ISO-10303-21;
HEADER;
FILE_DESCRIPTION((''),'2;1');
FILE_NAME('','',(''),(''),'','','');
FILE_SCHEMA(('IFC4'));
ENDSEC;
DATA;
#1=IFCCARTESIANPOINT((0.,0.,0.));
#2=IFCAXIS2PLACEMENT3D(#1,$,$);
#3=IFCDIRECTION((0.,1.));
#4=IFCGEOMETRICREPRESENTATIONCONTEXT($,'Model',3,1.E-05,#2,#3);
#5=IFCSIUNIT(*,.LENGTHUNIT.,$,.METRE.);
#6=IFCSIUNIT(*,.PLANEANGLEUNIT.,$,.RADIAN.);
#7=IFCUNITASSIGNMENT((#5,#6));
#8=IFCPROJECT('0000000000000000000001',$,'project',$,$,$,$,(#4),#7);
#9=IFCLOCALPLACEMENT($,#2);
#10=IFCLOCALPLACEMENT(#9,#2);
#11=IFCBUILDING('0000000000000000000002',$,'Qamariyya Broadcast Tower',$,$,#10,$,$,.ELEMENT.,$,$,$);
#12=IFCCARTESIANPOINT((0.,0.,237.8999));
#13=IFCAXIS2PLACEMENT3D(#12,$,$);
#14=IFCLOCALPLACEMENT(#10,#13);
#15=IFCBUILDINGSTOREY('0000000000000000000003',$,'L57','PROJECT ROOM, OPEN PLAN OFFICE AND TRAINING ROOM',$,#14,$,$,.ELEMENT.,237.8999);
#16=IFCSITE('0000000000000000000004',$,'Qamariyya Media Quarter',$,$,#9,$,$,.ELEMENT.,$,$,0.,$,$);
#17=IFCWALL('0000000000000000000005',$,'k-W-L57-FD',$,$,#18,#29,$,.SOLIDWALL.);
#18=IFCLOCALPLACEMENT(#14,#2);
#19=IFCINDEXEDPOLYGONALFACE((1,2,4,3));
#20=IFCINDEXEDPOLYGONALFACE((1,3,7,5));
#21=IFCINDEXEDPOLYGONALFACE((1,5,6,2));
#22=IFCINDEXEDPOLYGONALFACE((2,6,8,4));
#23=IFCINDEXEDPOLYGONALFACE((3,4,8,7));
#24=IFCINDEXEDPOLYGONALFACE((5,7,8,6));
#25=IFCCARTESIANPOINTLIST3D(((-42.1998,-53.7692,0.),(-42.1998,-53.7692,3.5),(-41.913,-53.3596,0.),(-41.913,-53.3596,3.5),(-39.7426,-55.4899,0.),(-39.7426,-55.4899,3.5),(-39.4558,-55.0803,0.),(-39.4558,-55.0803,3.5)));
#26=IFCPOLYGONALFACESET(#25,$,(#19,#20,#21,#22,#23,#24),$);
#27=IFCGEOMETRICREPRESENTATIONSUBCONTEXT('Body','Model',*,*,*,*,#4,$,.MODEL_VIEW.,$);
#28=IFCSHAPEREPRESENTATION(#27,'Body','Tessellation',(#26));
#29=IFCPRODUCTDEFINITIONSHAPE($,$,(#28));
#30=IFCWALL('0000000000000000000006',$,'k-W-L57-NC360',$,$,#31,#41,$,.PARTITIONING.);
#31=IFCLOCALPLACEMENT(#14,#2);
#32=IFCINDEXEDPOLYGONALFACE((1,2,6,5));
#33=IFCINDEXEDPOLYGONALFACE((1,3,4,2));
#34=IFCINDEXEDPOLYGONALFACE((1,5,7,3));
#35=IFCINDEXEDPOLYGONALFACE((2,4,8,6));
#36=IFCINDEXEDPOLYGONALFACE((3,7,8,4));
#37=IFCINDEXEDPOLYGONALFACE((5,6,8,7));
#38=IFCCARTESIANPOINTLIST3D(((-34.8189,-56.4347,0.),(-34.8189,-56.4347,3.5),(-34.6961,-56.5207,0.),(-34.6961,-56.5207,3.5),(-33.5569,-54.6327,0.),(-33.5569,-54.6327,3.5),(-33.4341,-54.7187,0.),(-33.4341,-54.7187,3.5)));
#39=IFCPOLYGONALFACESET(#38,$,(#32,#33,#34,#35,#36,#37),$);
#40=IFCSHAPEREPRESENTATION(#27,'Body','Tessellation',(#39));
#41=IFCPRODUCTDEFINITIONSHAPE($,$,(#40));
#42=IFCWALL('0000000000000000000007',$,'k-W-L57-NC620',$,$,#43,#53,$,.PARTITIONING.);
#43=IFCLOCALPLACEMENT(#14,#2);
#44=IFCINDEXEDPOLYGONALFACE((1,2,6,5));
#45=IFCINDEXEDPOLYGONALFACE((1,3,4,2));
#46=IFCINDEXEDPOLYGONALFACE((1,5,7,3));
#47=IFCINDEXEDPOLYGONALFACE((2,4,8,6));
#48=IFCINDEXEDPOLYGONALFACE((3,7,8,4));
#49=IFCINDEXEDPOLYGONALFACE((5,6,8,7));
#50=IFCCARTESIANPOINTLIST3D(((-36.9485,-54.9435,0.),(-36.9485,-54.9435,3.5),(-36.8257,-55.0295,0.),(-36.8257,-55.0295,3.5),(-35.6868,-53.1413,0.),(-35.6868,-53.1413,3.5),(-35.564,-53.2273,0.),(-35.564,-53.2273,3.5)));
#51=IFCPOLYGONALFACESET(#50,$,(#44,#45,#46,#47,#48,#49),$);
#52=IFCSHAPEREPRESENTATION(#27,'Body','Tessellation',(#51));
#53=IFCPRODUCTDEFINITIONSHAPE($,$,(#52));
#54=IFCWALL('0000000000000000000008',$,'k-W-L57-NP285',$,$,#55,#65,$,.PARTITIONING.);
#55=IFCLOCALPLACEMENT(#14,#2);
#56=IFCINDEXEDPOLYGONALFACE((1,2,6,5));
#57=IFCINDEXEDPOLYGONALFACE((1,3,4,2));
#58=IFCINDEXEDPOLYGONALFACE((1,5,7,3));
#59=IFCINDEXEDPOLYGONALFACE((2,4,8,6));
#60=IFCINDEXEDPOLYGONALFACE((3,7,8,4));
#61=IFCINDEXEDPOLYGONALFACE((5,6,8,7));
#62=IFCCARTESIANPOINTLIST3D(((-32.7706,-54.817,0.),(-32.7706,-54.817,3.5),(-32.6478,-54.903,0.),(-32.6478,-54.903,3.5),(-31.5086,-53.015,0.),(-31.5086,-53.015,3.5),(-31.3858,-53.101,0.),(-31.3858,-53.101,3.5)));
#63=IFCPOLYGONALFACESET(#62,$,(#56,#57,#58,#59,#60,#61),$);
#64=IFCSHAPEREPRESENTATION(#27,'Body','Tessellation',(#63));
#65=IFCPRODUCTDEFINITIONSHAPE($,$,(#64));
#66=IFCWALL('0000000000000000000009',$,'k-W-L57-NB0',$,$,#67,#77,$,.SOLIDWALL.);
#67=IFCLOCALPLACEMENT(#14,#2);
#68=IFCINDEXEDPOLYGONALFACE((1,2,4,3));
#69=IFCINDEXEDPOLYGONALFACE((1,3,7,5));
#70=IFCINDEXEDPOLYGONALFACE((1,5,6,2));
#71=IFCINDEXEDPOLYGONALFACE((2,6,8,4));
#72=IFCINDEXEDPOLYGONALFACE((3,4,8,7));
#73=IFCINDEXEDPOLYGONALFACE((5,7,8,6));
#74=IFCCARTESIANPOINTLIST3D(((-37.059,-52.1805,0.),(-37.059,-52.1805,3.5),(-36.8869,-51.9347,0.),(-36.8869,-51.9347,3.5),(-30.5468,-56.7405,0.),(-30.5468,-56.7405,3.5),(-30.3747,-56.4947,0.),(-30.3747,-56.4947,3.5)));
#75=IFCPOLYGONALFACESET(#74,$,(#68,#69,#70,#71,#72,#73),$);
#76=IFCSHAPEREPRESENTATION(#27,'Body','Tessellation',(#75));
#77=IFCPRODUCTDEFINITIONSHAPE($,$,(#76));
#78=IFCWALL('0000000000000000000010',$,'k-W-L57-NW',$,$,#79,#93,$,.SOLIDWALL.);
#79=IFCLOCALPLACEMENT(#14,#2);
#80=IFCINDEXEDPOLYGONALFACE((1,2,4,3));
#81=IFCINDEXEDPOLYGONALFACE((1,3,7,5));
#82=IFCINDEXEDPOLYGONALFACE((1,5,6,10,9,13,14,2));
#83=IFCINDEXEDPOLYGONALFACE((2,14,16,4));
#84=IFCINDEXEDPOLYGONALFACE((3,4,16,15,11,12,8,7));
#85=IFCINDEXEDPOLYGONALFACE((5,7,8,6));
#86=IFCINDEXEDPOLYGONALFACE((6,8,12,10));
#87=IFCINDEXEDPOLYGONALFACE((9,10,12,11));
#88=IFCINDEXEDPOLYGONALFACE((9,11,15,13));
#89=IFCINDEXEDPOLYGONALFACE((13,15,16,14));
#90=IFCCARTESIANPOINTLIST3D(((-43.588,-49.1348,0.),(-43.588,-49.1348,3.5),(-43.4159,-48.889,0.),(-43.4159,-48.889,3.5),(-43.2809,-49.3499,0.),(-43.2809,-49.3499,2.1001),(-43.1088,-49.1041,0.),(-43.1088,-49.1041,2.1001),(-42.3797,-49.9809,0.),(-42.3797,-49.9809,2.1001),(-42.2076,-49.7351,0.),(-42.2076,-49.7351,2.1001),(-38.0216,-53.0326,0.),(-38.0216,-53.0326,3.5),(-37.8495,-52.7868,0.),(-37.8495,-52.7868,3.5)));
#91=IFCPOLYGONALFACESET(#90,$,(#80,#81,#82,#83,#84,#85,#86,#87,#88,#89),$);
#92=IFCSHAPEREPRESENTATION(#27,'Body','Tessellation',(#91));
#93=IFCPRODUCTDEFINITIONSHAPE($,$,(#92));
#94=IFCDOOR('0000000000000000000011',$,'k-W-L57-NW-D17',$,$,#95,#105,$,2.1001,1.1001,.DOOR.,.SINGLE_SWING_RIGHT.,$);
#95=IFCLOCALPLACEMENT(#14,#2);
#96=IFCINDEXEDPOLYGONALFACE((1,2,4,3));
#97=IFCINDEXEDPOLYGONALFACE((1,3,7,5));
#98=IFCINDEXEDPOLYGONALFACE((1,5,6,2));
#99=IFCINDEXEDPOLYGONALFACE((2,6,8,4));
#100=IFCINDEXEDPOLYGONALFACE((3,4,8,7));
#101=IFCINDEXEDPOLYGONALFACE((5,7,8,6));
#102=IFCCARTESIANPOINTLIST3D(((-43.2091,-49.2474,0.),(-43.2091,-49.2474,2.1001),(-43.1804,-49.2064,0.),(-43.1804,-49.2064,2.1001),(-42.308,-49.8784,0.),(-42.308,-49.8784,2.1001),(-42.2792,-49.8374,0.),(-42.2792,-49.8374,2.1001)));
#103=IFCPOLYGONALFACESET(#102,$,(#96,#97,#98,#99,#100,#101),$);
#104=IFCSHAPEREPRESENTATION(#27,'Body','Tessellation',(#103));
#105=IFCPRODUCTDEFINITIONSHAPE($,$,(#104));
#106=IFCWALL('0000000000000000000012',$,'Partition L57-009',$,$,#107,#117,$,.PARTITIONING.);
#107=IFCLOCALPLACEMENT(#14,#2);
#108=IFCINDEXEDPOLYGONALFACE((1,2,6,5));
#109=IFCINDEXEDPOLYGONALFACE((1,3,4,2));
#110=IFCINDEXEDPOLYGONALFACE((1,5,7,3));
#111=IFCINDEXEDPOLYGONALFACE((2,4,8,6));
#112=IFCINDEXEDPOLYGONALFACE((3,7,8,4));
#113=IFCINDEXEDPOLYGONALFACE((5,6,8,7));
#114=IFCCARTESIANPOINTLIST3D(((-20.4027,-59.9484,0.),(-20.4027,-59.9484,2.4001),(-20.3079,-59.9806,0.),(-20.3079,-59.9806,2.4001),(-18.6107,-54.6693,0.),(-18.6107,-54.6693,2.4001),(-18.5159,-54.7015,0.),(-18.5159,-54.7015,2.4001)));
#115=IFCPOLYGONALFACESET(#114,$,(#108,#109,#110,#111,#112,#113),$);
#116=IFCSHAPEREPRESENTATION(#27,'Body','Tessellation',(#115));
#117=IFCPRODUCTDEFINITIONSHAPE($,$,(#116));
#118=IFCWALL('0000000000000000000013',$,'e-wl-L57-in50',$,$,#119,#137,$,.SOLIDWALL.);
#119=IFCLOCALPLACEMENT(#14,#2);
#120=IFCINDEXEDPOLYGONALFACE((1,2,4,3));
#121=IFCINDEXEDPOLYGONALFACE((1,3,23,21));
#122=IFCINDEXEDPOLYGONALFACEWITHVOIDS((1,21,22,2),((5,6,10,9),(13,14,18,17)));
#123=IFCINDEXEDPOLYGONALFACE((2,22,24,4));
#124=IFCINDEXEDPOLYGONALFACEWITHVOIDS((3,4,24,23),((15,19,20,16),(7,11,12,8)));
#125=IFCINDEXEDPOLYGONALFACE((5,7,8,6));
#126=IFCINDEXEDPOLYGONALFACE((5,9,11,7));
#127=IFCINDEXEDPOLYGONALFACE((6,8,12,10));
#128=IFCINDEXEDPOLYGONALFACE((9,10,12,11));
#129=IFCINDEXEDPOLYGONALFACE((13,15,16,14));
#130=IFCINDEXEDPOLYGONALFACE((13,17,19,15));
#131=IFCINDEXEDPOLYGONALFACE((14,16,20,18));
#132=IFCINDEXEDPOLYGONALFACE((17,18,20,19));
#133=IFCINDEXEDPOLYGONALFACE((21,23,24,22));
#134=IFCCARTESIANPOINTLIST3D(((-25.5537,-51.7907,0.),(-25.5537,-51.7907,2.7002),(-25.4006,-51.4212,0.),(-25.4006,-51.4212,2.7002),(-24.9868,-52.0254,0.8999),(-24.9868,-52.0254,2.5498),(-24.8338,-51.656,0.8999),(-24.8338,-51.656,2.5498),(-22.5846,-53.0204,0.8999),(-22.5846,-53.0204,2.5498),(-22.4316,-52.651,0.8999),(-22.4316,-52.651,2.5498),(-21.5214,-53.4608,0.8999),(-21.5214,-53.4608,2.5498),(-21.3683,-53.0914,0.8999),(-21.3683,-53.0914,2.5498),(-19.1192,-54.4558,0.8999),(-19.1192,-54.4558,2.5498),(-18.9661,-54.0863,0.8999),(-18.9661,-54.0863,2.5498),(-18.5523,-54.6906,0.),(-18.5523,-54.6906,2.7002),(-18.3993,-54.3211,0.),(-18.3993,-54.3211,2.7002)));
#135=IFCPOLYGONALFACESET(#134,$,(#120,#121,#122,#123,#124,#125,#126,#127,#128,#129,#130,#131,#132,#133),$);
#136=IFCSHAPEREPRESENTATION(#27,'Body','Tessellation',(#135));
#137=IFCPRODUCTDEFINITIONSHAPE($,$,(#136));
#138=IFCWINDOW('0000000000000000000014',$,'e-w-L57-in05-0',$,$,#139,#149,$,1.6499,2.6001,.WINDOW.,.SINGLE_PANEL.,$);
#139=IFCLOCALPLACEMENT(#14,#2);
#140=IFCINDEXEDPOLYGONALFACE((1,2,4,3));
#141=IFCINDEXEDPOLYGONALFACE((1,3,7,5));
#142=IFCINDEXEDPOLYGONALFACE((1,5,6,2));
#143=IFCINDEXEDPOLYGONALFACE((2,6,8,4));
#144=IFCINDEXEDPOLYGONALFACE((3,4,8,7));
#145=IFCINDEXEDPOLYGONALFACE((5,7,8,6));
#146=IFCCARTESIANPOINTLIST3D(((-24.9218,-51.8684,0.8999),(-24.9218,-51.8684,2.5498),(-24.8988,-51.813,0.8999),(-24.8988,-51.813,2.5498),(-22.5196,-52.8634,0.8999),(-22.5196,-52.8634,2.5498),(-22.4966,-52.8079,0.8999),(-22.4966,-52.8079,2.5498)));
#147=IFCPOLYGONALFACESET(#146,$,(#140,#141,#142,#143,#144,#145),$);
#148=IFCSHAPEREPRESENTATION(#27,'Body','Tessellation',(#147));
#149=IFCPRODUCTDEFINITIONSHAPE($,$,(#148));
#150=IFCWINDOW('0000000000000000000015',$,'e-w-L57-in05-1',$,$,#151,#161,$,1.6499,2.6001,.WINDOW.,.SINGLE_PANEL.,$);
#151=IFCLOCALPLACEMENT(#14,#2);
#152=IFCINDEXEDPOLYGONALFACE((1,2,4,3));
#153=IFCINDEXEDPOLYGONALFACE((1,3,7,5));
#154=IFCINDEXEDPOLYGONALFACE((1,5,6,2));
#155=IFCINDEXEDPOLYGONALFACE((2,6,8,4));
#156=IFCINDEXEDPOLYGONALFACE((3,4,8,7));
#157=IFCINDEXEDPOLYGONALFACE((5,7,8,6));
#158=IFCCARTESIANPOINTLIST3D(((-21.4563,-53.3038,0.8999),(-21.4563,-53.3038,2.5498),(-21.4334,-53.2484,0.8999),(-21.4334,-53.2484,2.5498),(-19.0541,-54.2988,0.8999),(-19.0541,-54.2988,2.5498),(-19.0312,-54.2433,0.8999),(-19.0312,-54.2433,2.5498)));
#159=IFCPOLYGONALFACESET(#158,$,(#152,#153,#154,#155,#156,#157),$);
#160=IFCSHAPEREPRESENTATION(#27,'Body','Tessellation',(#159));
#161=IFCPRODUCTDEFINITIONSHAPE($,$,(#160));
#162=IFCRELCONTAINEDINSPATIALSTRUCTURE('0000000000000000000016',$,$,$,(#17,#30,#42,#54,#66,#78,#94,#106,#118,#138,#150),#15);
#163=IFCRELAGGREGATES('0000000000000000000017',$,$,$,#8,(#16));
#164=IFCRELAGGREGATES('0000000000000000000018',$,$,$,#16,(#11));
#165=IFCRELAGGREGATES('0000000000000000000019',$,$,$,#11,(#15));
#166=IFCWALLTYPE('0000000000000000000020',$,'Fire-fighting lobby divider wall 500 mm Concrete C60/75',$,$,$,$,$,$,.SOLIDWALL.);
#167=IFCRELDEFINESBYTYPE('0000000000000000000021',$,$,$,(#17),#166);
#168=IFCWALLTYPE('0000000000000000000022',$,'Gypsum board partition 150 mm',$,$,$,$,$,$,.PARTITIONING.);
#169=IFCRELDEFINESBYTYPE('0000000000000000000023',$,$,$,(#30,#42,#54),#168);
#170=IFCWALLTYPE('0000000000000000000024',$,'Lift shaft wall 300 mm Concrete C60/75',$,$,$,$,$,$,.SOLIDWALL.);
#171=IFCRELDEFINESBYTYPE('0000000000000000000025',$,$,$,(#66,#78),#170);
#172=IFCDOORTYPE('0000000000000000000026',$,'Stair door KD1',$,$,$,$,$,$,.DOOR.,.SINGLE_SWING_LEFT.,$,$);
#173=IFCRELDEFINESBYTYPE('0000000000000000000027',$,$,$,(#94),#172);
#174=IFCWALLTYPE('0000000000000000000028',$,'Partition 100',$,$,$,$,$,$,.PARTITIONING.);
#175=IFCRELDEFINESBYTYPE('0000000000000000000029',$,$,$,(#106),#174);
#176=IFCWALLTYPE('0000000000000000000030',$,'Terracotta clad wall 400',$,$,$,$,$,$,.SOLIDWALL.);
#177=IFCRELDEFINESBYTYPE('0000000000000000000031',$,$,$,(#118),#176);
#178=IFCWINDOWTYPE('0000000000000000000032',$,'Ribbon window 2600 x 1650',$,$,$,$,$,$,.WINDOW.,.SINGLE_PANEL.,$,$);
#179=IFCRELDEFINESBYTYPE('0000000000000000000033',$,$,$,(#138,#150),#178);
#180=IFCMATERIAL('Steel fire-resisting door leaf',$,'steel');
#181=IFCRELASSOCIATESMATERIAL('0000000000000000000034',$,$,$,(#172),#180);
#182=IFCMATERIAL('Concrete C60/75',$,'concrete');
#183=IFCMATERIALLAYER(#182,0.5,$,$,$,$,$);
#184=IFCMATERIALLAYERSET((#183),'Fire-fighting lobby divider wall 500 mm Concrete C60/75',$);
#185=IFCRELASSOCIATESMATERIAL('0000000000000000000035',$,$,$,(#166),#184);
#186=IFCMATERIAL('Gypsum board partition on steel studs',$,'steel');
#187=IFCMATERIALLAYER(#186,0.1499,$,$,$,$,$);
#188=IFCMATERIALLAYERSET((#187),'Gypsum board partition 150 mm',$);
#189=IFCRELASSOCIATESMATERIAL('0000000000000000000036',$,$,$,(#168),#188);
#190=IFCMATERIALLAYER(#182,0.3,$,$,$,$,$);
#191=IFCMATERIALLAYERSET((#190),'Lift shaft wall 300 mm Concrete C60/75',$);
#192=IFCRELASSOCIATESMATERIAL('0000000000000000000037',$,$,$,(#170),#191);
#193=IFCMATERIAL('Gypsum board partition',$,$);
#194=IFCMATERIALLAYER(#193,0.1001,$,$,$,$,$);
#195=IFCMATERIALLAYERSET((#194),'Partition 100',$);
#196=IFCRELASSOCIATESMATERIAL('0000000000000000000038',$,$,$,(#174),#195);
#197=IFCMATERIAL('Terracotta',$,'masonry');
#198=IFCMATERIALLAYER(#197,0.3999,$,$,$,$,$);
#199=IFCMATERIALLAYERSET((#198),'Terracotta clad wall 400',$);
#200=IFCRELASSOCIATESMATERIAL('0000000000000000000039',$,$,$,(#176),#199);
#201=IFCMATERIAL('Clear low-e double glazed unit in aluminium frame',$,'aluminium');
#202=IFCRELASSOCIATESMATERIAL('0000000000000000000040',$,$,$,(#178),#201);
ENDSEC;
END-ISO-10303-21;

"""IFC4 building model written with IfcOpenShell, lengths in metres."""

from ifc_helpers import new_model, si_unit, direction, frame, frame_2d, origin, place, context, subcontext, project, spatial, rectangle, extrude, material, layer, layer_set, type_object, element, fill, save


model = new_model("IFC4")

# Units and contexts
model_context = context("Model", 3, precision=1e-05, world=origin(), true_north=direction((0.0, 1.0)))
body_context = subcontext(model_context, "Body", "Model", "MODEL_VIEW")
ifc_project = project(units=[si_unit("LENGTHUNIT", "METRE"), si_unit("PLANEANGLEUNIT", "RADIAN")], contexts=[model_context])

# Site, building, storey
site_placement = place(None, origin())
site = spatial("IfcSite", under=ifc_project, at=site_placement, Name="Qamariyya Media Quarter", CompositionType="ELEMENT", RefElevation=0.0)
building_placement = place(site_placement, origin())
building = spatial("IfcBuilding", under=site, at=building_placement, Name="Qamariyya Broadcast Tower", CompositionType="ELEMENT")
storey_placement = place(building_placement, frame((0.0, 0.0, 237.8999)))
storey = spatial("IfcBuildingStorey", under=building, at=storey_placement, Name="L57", Description="PROJECT ROOM, OPEN PLAN OFFICE AND TRAINING ROOM", CompositionType="ELEMENT", Elevation=237.8999)

# Shared definitions
ifc_material_1 = material(Name="Concrete C60/75", Category="concrete")

# Shared definitions
ifc_material_2 = material(Name="Steel fire-resisting door leaf", Category="steel")
door_type_1 = type_object("IfcDoorType", Name="Stair door KD1", OperationType="SINGLE_SWING_LEFT", PredefinedType="DOOR", material=ifc_material_2)

# Shared definitions
ifc_material_3 = material(Name="Gypsum board partition")

# Walls
ifc_layer_1 = layer(ifc_material_1, 0.5)
ifc_layer_set_1 = layer_set([ifc_layer_1], Name="Fire-fighting lobby divider wall 500 mm Concrete C60/75")
wall_type_1 = type_object("IfcWallType", Name="Fire-fighting lobby divider wall 500 mm Concrete C60/75", PredefinedType="SOLIDWALL", material=ifc_layer_set_1)
wall_1_placement = place(storey_placement, frame((-39.5991, -55.2852, 0.0), z_axis=(0.0, 0.0, 1.0), x_axis=(-0.819136, 0.573599, 0.0)))
element("IfcWall", 1, at=wall_1_placement, inside=storey, type_object=wall_type_1, Name="k-W-L57-FD", PredefinedType="SOLIDWALL", context=body_context, shape_type="SweptSolid", body=[
    extrude(rectangle(XDim=2.9998, YDim=0.5, at=frame_2d((1.5, 0.0))), origin(), (0.0, 0.0, 1.0), 3.5),
])
ifc_material_4 = material(Name="Gypsum board partition on steel studs", Category="steel")
ifc_layer_2 = layer(ifc_material_4, 0.1499)
ifc_layer_set_2 = layer_set([ifc_layer_2], Name="Gypsum board partition 150 mm")
wall_type_2 = type_object("IfcWallType", Name="Gypsum board partition 150 mm", PredefinedType="PARTITIONING", material=ifc_layer_set_2)
for number, where, z_axis, x_axis, name in (
    (2, (-34.7576, -56.4778, 0.0), (0.0, 0.0, 1.0), (0.573634, 0.819112, 0.0), "k-W-L57-NC360"),
    (3, (-36.8872, -54.9866, 0.0), (0.0, 0.0, 1.0), (0.573507, 0.819201, 0.0), "k-W-L57-NC620"),
    (4, (-32.7092, -54.8601, 0.0), (0.0, 0.0, 1.0), (0.573634, 0.819112, 0.0), "k-W-L57-NP285"),
):
    element("IfcWall", number, at=place(storey_placement, frame(where, z_axis=z_axis, x_axis=x_axis)), inside=storey, type_object=wall_type_2, Name=name, PredefinedType="PARTITIONING", context=body_context, shape_type="SweptSolid", body=[
        extrude(rectangle(XDim=2.2, YDim=0.1499, at=frame_2d((1.1001, 0.0))), origin(), (0.0, 0.0, 1.0), 3.5),
    ])
ifc_layer_3 = layer(ifc_material_1, 0.3)
ifc_layer_set_3 = layer_set([ifc_layer_3], Name="Lift shaft wall 300 mm Concrete C60/75")
wall_type_3 = type_object("IfcWallType", Name="Lift shaft wall 300 mm Concrete C60/75", PredefinedType="SOLIDWALL", material=ifc_layer_set_3)
wall_2_placement = place(storey_placement, frame((-30.4607, -56.6177, 0.0), z_axis=(0.0, 0.0, 1.0), x_axis=(-0.819142, 0.57359, 0.0)))
element("IfcWall", 5, at=wall_2_placement, inside=storey, type_object=wall_type_3, Name="k-W-L57-NB0", PredefinedType="SOLIDWALL", context=body_context, shape_type="SweptSolid", body=[
    extrude(rectangle(XDim=7.95, YDim=0.3, at=frame_2d((3.9751, 0.0))), origin(), (0.0, 0.0, 1.0), 3.5),
])

# Wall, opening, door
wall_3_placement = place(storey_placement, frame((-37.9355, -52.9097, 0.0), z_axis=(0.0, 0.0, 1.0), x_axis=(-0.819148, 0.573583, 0.0)))
wall_3 = element("IfcWall", 6, at=wall_3_placement, inside=storey, type_object=wall_type_3, Name="k-W-L57-NW", PredefinedType="SOLIDWALL", context=body_context, shape_type="SweptSolid", body=[
    extrude(rectangle(XDim=6.7954, YDim=0.3, at=frame_2d((3.3977, 0.0))), origin(), (0.0, 0.0, 1.0), 3.5),
])
opening_1_placement = place(wall_3_placement, frame((5.3203, 0.0, 0.0)))
opening_1 = element("IfcOpeningElement", 7, at=opening_1_placement, cuts=wall_3, PredefinedType="OPENING", context=body_context, shape_type="SweptSolid", body=[
    extrude(rectangle(XDim=1.1001, YDim=2.1001, at=frame_2d((0.55, 1.05))), frame((0.0, 0.1599, 0.0), z_axis=(0.0, -1.0, 0.0), x_axis=(1.0, 0.0, 0.0)), (0.0, 0.0, 1.0), 0.3201),
])
door_1_placement = place(opening_1_placement, origin())
door_1 = element("IfcDoor", 8, at=door_1_placement, inside=storey, type_object=door_type_1, Name="k-W-L57-NW-D17", OperationType="SINGLE_SWING_RIGHT", OverallHeight=2.1001, OverallWidth=1.1001, PredefinedType="DOOR", context=body_context, shape_type="SweptSolid", body=[
    extrude(rectangle(XDim=1.1001, YDim=2.1001, at=frame_2d((0.55, 1.05))), frame((0.0, 0.0249, 0.0), z_axis=(0.0, -1.0, 0.0), x_axis=(1.0, 0.0, 0.0)), (0.0, 0.0, 1.0), 0.05),
])
fill(opening_1, door_1)

# Wall
ifc_layer_4 = layer(ifc_material_3, 0.1001)
ifc_layer_set_4 = layer_set([ifc_layer_4], Name="Partition 100")
wall_type_4 = type_object("IfcWallType", Name="Partition 100", PredefinedType="PARTITIONING", material=ifc_layer_set_4)
wall_4_placement = place(storey_placement, frame((-18.5632, -54.6853, 0.0), z_axis=(0.0, 0.0, 1.0), x_axis=(-0.321439, -0.94693, 0.0)))
element("IfcWall", 9, at=wall_4_placement, inside=storey, type_object=wall_type_4, Name="Partition L57-009", PredefinedType="PARTITIONING", context=body_context, shape_type="SweptSolid", body=[
    extrude(rectangle(XDim=5.575, YDim=0.1001, at=frame_2d((2.7876, 0.0))), origin(), (0.0, 0.0, 1.0), 2.4001),
])

# Wall, openings, windows
ifc_material_5 = material(Name="Terracotta", Category="masonry")
ifc_layer_5 = layer(ifc_material_5, 0.3999)
ifc_layer_set_5 = layer_set([ifc_layer_5], Name="Terracotta clad wall 400")
wall_type_5 = type_object("IfcWallType", Name="Terracotta clad wall 400", PredefinedType="SOLIDWALL", material=ifc_layer_set_5)
wall_5_placement = place(storey_placement, frame((-18.4758, -54.5059, 0.0), z_axis=(0.0, 0.0, 1.0), x_axis=(-0.923884, 0.382672, 0.0)))
wall_5 = element("IfcWall", 10, at=wall_5_placement, inside=storey, type_object=wall_type_5, Name="e-wl-L57-in50", PredefinedType="SOLIDWALL", context=body_context, shape_type="SweptSolid", body=[
    extrude(rectangle(XDim=7.5781, YDim=0.3999, at=frame_2d((3.7891, 0.0))), origin(), (0.0, 0.0, 1.0), 2.7002),
])
opening_2_placement = place(wall_5_placement, frame((4.3645, 0.0, 0.8999)))
opening_2 = element("IfcOpeningElement", 11, at=opening_2_placement, cuts=wall_5, PredefinedType="OPENING", context=body_context, shape_type="SweptSolid", body=[
    extrude(rectangle(XDim=2.6001, YDim=1.6499, at=frame_2d((1.3, 0.825))), frame((0.0, 0.21, 0.0), z_axis=(0.0, -1.0, 0.0), x_axis=(1.0, 0.0, 0.0)), (0.0, 0.0, 1.0), 0.4199),
])
opening_3_placement = place(wall_5_placement, frame((0.6135, 0.0, 0.8999)))
opening_3 = element("IfcOpeningElement", 12, at=opening_3_placement, cuts=wall_5, PredefinedType="OPENING", context=body_context, shape_type="SweptSolid", body=[
    extrude(rectangle(XDim=2.6001, YDim=1.6499, at=frame_2d((1.3, 0.825))), frame((0.0, 0.21, 0.0), z_axis=(0.0, -1.0, 0.0), x_axis=(1.0, 0.0, 0.0)), (0.0, 0.0, 1.0), 0.4199),
])
ifc_material_6 = material(Name="Clear low-e double glazed unit in aluminium frame", Category="aluminium")
window_type = type_object("IfcWindowType", Name="Ribbon window 2600 x 1650", PartitioningType="SINGLE_PANEL", PredefinedType="WINDOW", material=ifc_material_6)
window_1_placement = place(opening_2_placement, origin())
window_1 = element("IfcWindow", 13, at=window_1_placement, inside=storey, type_object=window_type, Name="e-w-L57-in05-0", OverallHeight=1.6499, OverallWidth=2.6001, PartitioningType="SINGLE_PANEL", PredefinedType="WINDOW", context=body_context, shape_type="SweptSolid", body=[
    extrude(rectangle(XDim=2.6001, YDim=1.6499, at=frame_2d((1.3, 0.825))), frame((0.0, 0.03, 0.0), z_axis=(0.0, -1.0, 0.0), x_axis=(1.0, 0.0, 0.0)), (0.0, 0.0, 1.0), 0.0601),
])
fill(opening_2, window_1)
window_2_placement = place(opening_3_placement, origin())
window_2 = element("IfcWindow", 14, at=window_2_placement, inside=storey, type_object=window_type, Name="e-w-L57-in05-1", OverallHeight=1.6499, OverallWidth=2.6001, PartitioningType="SINGLE_PANEL", PredefinedType="WINDOW", context=body_context, shape_type="SweptSolid", body=[
    extrude(rectangle(XDim=2.6001, YDim=1.6499, at=frame_2d((1.3, 0.825))), frame((0.0, 0.03, 0.0), z_axis=(0.0, -1.0, 0.0), x_axis=(1.0, 0.0, 0.0)), (0.0, 0.0, 1.0), 0.0601),
])
fill(opening_3, window_2)

save(model, "model.ifc")
